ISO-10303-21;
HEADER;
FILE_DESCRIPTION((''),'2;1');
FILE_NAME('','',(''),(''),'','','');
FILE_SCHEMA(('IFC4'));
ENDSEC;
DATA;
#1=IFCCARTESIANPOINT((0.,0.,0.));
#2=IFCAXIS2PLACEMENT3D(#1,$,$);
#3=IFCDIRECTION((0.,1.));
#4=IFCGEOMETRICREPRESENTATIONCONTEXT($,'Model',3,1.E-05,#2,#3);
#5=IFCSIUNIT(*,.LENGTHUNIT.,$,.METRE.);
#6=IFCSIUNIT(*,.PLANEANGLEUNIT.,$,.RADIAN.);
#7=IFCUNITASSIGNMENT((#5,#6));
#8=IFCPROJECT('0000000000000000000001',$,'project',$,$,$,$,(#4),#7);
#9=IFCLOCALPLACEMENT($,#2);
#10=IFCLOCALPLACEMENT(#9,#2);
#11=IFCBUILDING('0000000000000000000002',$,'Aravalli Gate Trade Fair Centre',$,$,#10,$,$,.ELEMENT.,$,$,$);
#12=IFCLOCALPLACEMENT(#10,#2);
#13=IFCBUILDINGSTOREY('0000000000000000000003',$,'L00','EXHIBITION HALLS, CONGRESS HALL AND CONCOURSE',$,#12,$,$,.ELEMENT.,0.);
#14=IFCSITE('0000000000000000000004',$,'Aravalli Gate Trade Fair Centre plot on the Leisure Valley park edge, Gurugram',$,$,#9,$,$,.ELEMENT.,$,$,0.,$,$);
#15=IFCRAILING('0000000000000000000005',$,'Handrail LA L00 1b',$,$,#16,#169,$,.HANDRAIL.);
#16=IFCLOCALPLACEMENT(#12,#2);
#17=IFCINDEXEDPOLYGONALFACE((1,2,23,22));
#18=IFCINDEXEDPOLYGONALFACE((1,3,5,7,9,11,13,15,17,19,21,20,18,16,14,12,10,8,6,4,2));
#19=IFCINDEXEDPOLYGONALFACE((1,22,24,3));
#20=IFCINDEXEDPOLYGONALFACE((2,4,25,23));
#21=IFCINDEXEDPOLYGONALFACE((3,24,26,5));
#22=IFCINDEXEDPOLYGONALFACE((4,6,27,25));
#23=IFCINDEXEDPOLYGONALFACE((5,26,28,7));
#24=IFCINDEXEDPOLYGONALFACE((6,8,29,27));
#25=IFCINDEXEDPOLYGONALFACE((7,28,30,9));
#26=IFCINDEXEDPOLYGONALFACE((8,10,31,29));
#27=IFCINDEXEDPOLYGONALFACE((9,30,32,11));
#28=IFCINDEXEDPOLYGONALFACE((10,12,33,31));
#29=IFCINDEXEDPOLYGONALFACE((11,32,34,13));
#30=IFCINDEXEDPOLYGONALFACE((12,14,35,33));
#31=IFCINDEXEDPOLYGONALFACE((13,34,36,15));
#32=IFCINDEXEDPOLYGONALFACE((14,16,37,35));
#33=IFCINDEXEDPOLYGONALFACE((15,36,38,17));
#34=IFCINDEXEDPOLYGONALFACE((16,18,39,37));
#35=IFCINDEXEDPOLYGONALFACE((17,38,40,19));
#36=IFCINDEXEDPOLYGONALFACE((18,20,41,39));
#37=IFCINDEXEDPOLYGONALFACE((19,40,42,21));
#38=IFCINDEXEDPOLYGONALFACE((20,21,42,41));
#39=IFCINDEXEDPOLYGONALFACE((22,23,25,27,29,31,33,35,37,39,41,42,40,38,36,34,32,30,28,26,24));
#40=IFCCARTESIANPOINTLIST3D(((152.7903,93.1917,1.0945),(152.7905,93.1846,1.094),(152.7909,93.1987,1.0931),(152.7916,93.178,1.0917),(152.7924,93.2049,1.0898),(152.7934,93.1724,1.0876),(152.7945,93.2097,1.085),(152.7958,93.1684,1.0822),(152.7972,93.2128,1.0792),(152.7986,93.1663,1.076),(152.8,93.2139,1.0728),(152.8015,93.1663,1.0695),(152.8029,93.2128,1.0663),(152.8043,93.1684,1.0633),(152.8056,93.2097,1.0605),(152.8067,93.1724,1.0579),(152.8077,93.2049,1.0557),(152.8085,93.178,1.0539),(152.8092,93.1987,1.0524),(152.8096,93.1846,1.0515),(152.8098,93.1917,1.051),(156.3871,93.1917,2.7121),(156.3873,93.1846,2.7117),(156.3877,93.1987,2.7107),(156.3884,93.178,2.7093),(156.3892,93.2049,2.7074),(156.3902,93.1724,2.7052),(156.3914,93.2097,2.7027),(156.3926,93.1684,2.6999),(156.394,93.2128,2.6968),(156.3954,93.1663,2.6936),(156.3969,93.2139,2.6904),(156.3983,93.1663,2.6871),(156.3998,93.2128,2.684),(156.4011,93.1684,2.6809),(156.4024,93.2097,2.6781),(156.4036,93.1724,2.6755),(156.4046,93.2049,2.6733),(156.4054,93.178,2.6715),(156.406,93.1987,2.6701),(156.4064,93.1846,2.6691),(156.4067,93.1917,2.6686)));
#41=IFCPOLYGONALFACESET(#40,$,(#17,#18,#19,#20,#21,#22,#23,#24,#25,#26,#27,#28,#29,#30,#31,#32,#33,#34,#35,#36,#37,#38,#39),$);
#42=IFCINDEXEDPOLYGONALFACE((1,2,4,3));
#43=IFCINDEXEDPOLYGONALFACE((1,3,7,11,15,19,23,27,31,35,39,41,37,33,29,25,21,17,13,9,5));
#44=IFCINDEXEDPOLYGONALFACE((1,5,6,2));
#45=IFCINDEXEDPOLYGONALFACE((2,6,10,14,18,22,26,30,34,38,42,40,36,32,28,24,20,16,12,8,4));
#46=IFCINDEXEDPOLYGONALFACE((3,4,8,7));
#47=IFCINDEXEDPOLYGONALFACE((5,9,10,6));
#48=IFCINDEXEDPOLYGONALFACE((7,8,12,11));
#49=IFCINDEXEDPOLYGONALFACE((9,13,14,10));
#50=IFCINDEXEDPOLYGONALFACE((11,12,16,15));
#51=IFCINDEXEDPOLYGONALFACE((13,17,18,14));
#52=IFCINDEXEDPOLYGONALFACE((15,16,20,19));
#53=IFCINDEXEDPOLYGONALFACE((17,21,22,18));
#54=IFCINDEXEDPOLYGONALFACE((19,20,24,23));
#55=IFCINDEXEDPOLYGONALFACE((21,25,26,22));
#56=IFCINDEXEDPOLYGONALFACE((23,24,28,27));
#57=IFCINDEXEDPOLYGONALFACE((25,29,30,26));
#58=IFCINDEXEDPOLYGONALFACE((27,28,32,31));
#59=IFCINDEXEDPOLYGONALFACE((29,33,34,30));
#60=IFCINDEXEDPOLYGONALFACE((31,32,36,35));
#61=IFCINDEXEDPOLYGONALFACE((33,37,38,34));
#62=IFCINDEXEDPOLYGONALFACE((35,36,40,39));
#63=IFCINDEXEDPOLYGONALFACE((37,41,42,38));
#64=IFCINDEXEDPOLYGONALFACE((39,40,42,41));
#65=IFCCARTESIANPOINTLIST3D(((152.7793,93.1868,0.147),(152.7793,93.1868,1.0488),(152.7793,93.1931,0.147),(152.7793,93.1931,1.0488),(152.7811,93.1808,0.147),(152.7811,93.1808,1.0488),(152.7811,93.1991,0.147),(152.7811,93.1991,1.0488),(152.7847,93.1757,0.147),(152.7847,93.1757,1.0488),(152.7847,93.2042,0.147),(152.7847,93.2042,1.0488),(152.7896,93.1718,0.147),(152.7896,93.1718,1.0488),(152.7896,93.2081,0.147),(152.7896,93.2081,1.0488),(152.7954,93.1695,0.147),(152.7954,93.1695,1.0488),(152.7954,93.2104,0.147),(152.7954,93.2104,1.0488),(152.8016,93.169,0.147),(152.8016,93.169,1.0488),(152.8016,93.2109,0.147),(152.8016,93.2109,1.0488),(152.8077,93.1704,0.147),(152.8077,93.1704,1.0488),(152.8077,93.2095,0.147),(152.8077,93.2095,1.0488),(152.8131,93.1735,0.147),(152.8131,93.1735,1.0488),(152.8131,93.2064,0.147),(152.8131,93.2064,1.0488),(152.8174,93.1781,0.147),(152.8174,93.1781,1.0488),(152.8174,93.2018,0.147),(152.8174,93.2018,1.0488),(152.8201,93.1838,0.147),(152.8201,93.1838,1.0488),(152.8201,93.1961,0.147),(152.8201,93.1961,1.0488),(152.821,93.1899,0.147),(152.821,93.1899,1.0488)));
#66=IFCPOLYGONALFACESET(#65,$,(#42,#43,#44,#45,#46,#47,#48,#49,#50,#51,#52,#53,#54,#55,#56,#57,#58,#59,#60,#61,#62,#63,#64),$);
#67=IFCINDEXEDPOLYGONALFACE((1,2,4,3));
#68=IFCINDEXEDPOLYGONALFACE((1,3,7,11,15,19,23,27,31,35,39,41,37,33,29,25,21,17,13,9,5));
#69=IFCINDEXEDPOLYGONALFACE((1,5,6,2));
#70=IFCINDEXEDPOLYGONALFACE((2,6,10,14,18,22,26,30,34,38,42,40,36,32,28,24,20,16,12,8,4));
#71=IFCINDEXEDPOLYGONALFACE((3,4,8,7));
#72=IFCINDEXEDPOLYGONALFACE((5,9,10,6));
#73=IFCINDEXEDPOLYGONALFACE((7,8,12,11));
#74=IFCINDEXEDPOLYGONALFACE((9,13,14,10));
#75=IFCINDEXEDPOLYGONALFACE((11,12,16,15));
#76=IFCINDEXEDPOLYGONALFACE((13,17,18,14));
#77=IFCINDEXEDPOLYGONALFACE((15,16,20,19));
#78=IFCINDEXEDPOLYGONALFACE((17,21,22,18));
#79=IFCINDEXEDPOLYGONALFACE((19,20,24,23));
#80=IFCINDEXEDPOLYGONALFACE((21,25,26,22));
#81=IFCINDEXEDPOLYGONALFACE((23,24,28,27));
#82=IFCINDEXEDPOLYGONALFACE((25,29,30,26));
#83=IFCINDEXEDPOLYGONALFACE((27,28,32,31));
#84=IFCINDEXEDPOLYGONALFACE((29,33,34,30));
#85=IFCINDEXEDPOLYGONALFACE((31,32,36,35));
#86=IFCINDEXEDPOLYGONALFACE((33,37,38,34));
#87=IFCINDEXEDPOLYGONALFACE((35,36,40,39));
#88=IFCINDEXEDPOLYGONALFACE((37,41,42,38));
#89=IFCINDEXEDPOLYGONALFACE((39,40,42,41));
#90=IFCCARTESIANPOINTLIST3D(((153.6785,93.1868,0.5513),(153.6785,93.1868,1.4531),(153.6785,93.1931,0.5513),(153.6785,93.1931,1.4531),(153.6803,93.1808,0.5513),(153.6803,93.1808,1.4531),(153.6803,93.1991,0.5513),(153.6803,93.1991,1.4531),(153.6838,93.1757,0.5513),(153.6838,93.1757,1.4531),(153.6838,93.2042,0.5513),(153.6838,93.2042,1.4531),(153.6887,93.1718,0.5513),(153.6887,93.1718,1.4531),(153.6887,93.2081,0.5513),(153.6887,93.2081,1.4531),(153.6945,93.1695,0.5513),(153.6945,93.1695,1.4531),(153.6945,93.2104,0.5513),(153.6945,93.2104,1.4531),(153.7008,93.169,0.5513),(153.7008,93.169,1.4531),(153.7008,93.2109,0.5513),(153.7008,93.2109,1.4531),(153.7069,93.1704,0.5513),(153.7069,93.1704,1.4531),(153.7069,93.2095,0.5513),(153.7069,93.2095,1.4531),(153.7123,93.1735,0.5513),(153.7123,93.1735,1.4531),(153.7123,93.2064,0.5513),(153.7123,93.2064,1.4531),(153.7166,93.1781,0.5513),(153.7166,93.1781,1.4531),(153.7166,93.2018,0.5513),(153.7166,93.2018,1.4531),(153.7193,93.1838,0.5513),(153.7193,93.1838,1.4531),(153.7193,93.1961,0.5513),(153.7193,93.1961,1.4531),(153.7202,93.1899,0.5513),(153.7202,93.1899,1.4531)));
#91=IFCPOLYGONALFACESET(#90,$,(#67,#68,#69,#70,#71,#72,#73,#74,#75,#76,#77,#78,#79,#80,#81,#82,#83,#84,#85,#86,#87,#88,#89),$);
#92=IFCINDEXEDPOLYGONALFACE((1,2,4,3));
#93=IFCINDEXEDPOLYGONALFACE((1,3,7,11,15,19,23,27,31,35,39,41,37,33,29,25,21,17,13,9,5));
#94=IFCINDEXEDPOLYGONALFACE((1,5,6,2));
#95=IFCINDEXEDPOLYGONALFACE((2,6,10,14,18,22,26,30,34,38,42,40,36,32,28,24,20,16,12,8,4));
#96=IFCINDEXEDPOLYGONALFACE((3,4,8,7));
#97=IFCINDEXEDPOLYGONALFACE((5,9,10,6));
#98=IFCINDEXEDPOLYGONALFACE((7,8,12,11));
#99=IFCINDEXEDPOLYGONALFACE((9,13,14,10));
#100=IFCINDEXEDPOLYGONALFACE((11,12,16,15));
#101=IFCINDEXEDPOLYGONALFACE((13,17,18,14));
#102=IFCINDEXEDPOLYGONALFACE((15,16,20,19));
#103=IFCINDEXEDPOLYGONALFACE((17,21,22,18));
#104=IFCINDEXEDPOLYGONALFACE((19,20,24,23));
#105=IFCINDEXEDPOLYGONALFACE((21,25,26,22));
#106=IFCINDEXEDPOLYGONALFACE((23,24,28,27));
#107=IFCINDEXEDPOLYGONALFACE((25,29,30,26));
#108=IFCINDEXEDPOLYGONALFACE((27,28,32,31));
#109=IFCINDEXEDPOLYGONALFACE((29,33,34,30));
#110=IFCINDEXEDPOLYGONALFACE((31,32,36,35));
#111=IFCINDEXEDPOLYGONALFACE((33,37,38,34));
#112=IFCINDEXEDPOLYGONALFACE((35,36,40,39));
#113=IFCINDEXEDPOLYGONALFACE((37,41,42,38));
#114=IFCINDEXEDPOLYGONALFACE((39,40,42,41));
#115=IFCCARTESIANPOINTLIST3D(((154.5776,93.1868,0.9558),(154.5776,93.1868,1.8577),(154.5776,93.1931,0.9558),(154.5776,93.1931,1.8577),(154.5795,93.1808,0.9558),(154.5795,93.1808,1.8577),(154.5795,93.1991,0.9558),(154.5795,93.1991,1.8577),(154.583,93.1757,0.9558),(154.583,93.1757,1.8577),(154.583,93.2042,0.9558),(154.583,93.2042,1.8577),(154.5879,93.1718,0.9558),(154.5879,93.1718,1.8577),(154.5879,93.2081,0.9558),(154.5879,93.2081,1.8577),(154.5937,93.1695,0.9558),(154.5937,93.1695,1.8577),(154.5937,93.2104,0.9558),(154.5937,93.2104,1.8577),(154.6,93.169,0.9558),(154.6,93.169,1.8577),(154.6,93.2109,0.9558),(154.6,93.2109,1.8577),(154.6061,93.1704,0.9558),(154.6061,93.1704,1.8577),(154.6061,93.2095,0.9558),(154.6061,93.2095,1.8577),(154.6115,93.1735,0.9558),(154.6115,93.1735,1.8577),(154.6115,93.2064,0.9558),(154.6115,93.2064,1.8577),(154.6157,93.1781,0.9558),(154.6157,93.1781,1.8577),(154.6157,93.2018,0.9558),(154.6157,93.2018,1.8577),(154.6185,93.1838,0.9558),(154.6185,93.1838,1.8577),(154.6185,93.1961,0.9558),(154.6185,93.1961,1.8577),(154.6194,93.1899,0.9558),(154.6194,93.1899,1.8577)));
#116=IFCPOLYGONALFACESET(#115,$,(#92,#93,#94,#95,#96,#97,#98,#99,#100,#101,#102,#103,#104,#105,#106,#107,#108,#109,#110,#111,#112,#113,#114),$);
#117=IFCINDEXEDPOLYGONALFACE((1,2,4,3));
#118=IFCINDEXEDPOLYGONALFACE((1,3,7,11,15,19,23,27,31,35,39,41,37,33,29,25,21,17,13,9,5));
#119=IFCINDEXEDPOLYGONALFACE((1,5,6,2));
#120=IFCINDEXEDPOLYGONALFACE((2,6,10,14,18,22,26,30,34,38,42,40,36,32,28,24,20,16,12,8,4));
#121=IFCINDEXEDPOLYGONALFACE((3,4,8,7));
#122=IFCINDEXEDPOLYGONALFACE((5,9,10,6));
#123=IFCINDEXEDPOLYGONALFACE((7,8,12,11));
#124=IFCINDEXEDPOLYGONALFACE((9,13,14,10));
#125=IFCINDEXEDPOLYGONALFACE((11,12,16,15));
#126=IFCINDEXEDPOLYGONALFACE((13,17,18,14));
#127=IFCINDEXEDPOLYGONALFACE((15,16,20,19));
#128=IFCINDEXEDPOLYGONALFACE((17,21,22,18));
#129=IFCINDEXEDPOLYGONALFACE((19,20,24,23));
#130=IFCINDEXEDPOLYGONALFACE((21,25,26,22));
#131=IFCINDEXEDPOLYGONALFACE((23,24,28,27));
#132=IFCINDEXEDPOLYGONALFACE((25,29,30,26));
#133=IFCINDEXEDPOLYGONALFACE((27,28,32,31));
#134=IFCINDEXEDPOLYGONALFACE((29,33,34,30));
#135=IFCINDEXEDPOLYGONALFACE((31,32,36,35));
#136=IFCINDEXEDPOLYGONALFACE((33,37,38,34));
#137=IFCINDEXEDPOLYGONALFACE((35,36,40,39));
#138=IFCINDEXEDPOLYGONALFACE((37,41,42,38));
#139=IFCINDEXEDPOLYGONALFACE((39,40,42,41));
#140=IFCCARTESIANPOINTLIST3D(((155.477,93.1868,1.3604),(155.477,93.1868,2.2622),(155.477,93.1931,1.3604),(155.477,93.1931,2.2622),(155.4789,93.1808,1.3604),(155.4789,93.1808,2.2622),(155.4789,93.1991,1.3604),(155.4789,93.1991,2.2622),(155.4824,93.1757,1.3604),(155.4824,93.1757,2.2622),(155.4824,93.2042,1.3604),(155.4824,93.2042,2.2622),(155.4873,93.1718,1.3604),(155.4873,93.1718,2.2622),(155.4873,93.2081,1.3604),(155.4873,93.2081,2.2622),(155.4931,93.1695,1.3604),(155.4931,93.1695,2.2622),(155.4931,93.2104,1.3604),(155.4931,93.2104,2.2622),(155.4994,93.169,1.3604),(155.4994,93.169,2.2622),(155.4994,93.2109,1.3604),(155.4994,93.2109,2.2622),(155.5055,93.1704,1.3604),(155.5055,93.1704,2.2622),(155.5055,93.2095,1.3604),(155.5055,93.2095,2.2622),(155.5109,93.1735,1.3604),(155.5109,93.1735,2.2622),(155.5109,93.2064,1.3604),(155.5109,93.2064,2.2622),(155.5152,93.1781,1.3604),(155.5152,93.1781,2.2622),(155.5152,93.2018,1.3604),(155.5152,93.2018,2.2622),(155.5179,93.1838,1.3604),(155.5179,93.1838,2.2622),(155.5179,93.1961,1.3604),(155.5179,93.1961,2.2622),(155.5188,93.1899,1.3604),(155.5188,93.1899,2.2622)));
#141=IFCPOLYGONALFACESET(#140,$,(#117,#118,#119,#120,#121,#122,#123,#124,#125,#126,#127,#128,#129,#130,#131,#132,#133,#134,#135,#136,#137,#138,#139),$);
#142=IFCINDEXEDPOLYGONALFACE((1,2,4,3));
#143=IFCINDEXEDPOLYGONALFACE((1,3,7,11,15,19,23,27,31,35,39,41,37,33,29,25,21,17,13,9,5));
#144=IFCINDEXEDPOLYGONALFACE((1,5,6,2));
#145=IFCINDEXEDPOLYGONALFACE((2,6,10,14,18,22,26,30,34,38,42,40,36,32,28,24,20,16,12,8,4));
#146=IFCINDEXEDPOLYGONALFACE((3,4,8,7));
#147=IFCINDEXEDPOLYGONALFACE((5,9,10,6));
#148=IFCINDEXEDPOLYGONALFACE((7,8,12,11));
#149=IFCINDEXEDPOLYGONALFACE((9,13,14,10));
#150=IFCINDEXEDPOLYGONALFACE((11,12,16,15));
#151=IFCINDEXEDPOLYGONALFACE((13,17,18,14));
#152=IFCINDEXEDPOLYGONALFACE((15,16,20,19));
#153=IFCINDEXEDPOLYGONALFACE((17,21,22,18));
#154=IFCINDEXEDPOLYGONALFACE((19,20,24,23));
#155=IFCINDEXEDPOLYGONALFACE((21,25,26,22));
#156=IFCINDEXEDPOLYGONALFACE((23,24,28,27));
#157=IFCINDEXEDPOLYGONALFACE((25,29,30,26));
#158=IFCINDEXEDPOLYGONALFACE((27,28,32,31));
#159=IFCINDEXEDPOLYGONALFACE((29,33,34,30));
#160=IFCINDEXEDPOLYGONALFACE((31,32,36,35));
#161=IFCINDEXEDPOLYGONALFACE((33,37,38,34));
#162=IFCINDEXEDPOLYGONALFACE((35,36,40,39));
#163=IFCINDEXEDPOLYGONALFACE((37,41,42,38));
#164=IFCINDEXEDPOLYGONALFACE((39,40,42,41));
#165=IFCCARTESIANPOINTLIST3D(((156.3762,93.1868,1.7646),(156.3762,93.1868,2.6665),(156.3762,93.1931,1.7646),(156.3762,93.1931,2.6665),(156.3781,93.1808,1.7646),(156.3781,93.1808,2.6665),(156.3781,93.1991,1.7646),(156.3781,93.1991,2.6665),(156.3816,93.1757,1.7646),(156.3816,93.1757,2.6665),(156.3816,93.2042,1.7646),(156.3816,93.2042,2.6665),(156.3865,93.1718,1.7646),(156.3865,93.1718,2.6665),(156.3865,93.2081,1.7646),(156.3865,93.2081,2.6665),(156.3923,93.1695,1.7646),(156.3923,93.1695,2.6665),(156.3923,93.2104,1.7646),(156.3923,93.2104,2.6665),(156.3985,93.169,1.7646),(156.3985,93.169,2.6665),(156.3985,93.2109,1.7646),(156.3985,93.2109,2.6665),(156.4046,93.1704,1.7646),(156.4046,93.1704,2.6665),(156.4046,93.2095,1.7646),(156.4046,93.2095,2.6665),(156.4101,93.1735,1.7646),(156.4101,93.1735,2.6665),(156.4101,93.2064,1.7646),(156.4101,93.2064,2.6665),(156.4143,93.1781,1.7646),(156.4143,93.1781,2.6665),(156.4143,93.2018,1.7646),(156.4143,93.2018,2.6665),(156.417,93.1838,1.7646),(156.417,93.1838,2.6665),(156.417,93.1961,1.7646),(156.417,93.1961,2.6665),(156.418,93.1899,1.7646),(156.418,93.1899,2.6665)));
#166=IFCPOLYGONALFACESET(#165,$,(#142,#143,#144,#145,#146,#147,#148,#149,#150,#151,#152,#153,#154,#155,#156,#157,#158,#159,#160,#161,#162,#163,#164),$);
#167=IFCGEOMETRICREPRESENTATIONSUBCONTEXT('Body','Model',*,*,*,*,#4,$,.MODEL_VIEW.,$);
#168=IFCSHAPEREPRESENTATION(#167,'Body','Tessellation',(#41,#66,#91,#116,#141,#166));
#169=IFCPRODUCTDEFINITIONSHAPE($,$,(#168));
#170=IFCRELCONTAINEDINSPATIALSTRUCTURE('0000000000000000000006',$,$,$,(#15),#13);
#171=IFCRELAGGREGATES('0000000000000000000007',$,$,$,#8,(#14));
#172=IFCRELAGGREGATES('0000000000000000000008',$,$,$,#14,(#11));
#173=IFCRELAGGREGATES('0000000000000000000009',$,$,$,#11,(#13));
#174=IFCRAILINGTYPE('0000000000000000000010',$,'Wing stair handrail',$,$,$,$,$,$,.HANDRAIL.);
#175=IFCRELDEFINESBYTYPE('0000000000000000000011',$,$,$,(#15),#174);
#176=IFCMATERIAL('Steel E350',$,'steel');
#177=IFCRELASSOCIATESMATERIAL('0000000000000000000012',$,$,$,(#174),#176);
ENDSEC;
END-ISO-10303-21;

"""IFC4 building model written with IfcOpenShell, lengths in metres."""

from ifc_helpers import new_model, si_unit, direction, frame, origin, origin_2d, place, context, subcontext, project, spatial, circle, extrude, material, type_object, element, save


model = new_model("IFC4")

# Units and contexts
model_context = context("Model", 3, precision=1e-05, world=origin(), true_north=direction((0.0, 1.0)))
body_context = subcontext(model_context, "Body", "Model", "MODEL_VIEW")
ifc_project = project(units=[si_unit("LENGTHUNIT", "METRE"), si_unit("PLANEANGLEUNIT", "RADIAN")], contexts=[model_context])

# Site, building, storey
site_placement = place(None, origin())
site = spatial("IfcSite", under=ifc_project, at=site_placement, Name="Aravalli Gate Trade Fair Centre plot on the Leisure Valley park edge, Gurugram", CompositionType="ELEMENT", RefElevation=0.0)
building_placement = place(site_placement, origin())
building = spatial("IfcBuilding", under=site, at=building_placement, Name="Aravalli Gate Trade Fair Centre", CompositionType="ELEMENT")
storey_placement = place(building_placement, origin())
storey = spatial("IfcBuildingStorey", under=building, at=storey_placement, Name="L00", Description="EXHIBITION HALLS, CONGRESS HALL AND CONCOURSE", CompositionType="ELEMENT", Elevation=0.0)

# Railing
ifc_material_1 = material(Name="Steel E350", Category="steel")
railing_type_1 = type_object("IfcRailingType", Name="Wing stair handrail", PredefinedType="HANDRAIL", material=ifc_material_1)
for number, where, name in (
    (1, (152.8, 93.1899, 0.147), "Handrail LA L00 1b"),
):
    element("IfcRailing", number, at=place(storey_placement, frame(where)), inside=storey, type_object=railing_type_1, Name=name, PredefinedType="HANDRAIL", context=body_context, shape_type="SweptSolid", body=[
        extrude(circle(Radius=0.0239, at=origin_2d()), frame((0.0, 0.0, 0.9258), z_axis=(0.912011, 0.0, 0.410166), x_axis=(0.0, 1.0, 0.0)), (0.0, 0.0, 1.0), 3.9438),
        extrude(circle(Radius=0.021, at=origin_2d()), origin(), (0.0, 0.0, 1.0), 0.9019),
        extrude(circle(Radius=0.021, at=origin_2d()), frame((0.8992, 0.0, 0.4043)), (0.0, 0.0, 1.0), 0.9019),
        extrude(circle(Radius=0.021, at=origin_2d()), frame((1.7983, 0.0, 0.8088)), (0.0, 0.0, 1.0), 0.9019),
        extrude(circle(Radius=0.021, at=origin_2d()), frame((2.6978, 0.0, 1.2134)), (0.0, 0.0, 1.0), 0.9019),
        extrude(circle(Radius=0.021, at=origin_2d()), frame((3.5969, 0.0, 1.6177)), (0.0, 0.0, 1.0), 0.9019),
    ])

save(model, "model.ifc")
